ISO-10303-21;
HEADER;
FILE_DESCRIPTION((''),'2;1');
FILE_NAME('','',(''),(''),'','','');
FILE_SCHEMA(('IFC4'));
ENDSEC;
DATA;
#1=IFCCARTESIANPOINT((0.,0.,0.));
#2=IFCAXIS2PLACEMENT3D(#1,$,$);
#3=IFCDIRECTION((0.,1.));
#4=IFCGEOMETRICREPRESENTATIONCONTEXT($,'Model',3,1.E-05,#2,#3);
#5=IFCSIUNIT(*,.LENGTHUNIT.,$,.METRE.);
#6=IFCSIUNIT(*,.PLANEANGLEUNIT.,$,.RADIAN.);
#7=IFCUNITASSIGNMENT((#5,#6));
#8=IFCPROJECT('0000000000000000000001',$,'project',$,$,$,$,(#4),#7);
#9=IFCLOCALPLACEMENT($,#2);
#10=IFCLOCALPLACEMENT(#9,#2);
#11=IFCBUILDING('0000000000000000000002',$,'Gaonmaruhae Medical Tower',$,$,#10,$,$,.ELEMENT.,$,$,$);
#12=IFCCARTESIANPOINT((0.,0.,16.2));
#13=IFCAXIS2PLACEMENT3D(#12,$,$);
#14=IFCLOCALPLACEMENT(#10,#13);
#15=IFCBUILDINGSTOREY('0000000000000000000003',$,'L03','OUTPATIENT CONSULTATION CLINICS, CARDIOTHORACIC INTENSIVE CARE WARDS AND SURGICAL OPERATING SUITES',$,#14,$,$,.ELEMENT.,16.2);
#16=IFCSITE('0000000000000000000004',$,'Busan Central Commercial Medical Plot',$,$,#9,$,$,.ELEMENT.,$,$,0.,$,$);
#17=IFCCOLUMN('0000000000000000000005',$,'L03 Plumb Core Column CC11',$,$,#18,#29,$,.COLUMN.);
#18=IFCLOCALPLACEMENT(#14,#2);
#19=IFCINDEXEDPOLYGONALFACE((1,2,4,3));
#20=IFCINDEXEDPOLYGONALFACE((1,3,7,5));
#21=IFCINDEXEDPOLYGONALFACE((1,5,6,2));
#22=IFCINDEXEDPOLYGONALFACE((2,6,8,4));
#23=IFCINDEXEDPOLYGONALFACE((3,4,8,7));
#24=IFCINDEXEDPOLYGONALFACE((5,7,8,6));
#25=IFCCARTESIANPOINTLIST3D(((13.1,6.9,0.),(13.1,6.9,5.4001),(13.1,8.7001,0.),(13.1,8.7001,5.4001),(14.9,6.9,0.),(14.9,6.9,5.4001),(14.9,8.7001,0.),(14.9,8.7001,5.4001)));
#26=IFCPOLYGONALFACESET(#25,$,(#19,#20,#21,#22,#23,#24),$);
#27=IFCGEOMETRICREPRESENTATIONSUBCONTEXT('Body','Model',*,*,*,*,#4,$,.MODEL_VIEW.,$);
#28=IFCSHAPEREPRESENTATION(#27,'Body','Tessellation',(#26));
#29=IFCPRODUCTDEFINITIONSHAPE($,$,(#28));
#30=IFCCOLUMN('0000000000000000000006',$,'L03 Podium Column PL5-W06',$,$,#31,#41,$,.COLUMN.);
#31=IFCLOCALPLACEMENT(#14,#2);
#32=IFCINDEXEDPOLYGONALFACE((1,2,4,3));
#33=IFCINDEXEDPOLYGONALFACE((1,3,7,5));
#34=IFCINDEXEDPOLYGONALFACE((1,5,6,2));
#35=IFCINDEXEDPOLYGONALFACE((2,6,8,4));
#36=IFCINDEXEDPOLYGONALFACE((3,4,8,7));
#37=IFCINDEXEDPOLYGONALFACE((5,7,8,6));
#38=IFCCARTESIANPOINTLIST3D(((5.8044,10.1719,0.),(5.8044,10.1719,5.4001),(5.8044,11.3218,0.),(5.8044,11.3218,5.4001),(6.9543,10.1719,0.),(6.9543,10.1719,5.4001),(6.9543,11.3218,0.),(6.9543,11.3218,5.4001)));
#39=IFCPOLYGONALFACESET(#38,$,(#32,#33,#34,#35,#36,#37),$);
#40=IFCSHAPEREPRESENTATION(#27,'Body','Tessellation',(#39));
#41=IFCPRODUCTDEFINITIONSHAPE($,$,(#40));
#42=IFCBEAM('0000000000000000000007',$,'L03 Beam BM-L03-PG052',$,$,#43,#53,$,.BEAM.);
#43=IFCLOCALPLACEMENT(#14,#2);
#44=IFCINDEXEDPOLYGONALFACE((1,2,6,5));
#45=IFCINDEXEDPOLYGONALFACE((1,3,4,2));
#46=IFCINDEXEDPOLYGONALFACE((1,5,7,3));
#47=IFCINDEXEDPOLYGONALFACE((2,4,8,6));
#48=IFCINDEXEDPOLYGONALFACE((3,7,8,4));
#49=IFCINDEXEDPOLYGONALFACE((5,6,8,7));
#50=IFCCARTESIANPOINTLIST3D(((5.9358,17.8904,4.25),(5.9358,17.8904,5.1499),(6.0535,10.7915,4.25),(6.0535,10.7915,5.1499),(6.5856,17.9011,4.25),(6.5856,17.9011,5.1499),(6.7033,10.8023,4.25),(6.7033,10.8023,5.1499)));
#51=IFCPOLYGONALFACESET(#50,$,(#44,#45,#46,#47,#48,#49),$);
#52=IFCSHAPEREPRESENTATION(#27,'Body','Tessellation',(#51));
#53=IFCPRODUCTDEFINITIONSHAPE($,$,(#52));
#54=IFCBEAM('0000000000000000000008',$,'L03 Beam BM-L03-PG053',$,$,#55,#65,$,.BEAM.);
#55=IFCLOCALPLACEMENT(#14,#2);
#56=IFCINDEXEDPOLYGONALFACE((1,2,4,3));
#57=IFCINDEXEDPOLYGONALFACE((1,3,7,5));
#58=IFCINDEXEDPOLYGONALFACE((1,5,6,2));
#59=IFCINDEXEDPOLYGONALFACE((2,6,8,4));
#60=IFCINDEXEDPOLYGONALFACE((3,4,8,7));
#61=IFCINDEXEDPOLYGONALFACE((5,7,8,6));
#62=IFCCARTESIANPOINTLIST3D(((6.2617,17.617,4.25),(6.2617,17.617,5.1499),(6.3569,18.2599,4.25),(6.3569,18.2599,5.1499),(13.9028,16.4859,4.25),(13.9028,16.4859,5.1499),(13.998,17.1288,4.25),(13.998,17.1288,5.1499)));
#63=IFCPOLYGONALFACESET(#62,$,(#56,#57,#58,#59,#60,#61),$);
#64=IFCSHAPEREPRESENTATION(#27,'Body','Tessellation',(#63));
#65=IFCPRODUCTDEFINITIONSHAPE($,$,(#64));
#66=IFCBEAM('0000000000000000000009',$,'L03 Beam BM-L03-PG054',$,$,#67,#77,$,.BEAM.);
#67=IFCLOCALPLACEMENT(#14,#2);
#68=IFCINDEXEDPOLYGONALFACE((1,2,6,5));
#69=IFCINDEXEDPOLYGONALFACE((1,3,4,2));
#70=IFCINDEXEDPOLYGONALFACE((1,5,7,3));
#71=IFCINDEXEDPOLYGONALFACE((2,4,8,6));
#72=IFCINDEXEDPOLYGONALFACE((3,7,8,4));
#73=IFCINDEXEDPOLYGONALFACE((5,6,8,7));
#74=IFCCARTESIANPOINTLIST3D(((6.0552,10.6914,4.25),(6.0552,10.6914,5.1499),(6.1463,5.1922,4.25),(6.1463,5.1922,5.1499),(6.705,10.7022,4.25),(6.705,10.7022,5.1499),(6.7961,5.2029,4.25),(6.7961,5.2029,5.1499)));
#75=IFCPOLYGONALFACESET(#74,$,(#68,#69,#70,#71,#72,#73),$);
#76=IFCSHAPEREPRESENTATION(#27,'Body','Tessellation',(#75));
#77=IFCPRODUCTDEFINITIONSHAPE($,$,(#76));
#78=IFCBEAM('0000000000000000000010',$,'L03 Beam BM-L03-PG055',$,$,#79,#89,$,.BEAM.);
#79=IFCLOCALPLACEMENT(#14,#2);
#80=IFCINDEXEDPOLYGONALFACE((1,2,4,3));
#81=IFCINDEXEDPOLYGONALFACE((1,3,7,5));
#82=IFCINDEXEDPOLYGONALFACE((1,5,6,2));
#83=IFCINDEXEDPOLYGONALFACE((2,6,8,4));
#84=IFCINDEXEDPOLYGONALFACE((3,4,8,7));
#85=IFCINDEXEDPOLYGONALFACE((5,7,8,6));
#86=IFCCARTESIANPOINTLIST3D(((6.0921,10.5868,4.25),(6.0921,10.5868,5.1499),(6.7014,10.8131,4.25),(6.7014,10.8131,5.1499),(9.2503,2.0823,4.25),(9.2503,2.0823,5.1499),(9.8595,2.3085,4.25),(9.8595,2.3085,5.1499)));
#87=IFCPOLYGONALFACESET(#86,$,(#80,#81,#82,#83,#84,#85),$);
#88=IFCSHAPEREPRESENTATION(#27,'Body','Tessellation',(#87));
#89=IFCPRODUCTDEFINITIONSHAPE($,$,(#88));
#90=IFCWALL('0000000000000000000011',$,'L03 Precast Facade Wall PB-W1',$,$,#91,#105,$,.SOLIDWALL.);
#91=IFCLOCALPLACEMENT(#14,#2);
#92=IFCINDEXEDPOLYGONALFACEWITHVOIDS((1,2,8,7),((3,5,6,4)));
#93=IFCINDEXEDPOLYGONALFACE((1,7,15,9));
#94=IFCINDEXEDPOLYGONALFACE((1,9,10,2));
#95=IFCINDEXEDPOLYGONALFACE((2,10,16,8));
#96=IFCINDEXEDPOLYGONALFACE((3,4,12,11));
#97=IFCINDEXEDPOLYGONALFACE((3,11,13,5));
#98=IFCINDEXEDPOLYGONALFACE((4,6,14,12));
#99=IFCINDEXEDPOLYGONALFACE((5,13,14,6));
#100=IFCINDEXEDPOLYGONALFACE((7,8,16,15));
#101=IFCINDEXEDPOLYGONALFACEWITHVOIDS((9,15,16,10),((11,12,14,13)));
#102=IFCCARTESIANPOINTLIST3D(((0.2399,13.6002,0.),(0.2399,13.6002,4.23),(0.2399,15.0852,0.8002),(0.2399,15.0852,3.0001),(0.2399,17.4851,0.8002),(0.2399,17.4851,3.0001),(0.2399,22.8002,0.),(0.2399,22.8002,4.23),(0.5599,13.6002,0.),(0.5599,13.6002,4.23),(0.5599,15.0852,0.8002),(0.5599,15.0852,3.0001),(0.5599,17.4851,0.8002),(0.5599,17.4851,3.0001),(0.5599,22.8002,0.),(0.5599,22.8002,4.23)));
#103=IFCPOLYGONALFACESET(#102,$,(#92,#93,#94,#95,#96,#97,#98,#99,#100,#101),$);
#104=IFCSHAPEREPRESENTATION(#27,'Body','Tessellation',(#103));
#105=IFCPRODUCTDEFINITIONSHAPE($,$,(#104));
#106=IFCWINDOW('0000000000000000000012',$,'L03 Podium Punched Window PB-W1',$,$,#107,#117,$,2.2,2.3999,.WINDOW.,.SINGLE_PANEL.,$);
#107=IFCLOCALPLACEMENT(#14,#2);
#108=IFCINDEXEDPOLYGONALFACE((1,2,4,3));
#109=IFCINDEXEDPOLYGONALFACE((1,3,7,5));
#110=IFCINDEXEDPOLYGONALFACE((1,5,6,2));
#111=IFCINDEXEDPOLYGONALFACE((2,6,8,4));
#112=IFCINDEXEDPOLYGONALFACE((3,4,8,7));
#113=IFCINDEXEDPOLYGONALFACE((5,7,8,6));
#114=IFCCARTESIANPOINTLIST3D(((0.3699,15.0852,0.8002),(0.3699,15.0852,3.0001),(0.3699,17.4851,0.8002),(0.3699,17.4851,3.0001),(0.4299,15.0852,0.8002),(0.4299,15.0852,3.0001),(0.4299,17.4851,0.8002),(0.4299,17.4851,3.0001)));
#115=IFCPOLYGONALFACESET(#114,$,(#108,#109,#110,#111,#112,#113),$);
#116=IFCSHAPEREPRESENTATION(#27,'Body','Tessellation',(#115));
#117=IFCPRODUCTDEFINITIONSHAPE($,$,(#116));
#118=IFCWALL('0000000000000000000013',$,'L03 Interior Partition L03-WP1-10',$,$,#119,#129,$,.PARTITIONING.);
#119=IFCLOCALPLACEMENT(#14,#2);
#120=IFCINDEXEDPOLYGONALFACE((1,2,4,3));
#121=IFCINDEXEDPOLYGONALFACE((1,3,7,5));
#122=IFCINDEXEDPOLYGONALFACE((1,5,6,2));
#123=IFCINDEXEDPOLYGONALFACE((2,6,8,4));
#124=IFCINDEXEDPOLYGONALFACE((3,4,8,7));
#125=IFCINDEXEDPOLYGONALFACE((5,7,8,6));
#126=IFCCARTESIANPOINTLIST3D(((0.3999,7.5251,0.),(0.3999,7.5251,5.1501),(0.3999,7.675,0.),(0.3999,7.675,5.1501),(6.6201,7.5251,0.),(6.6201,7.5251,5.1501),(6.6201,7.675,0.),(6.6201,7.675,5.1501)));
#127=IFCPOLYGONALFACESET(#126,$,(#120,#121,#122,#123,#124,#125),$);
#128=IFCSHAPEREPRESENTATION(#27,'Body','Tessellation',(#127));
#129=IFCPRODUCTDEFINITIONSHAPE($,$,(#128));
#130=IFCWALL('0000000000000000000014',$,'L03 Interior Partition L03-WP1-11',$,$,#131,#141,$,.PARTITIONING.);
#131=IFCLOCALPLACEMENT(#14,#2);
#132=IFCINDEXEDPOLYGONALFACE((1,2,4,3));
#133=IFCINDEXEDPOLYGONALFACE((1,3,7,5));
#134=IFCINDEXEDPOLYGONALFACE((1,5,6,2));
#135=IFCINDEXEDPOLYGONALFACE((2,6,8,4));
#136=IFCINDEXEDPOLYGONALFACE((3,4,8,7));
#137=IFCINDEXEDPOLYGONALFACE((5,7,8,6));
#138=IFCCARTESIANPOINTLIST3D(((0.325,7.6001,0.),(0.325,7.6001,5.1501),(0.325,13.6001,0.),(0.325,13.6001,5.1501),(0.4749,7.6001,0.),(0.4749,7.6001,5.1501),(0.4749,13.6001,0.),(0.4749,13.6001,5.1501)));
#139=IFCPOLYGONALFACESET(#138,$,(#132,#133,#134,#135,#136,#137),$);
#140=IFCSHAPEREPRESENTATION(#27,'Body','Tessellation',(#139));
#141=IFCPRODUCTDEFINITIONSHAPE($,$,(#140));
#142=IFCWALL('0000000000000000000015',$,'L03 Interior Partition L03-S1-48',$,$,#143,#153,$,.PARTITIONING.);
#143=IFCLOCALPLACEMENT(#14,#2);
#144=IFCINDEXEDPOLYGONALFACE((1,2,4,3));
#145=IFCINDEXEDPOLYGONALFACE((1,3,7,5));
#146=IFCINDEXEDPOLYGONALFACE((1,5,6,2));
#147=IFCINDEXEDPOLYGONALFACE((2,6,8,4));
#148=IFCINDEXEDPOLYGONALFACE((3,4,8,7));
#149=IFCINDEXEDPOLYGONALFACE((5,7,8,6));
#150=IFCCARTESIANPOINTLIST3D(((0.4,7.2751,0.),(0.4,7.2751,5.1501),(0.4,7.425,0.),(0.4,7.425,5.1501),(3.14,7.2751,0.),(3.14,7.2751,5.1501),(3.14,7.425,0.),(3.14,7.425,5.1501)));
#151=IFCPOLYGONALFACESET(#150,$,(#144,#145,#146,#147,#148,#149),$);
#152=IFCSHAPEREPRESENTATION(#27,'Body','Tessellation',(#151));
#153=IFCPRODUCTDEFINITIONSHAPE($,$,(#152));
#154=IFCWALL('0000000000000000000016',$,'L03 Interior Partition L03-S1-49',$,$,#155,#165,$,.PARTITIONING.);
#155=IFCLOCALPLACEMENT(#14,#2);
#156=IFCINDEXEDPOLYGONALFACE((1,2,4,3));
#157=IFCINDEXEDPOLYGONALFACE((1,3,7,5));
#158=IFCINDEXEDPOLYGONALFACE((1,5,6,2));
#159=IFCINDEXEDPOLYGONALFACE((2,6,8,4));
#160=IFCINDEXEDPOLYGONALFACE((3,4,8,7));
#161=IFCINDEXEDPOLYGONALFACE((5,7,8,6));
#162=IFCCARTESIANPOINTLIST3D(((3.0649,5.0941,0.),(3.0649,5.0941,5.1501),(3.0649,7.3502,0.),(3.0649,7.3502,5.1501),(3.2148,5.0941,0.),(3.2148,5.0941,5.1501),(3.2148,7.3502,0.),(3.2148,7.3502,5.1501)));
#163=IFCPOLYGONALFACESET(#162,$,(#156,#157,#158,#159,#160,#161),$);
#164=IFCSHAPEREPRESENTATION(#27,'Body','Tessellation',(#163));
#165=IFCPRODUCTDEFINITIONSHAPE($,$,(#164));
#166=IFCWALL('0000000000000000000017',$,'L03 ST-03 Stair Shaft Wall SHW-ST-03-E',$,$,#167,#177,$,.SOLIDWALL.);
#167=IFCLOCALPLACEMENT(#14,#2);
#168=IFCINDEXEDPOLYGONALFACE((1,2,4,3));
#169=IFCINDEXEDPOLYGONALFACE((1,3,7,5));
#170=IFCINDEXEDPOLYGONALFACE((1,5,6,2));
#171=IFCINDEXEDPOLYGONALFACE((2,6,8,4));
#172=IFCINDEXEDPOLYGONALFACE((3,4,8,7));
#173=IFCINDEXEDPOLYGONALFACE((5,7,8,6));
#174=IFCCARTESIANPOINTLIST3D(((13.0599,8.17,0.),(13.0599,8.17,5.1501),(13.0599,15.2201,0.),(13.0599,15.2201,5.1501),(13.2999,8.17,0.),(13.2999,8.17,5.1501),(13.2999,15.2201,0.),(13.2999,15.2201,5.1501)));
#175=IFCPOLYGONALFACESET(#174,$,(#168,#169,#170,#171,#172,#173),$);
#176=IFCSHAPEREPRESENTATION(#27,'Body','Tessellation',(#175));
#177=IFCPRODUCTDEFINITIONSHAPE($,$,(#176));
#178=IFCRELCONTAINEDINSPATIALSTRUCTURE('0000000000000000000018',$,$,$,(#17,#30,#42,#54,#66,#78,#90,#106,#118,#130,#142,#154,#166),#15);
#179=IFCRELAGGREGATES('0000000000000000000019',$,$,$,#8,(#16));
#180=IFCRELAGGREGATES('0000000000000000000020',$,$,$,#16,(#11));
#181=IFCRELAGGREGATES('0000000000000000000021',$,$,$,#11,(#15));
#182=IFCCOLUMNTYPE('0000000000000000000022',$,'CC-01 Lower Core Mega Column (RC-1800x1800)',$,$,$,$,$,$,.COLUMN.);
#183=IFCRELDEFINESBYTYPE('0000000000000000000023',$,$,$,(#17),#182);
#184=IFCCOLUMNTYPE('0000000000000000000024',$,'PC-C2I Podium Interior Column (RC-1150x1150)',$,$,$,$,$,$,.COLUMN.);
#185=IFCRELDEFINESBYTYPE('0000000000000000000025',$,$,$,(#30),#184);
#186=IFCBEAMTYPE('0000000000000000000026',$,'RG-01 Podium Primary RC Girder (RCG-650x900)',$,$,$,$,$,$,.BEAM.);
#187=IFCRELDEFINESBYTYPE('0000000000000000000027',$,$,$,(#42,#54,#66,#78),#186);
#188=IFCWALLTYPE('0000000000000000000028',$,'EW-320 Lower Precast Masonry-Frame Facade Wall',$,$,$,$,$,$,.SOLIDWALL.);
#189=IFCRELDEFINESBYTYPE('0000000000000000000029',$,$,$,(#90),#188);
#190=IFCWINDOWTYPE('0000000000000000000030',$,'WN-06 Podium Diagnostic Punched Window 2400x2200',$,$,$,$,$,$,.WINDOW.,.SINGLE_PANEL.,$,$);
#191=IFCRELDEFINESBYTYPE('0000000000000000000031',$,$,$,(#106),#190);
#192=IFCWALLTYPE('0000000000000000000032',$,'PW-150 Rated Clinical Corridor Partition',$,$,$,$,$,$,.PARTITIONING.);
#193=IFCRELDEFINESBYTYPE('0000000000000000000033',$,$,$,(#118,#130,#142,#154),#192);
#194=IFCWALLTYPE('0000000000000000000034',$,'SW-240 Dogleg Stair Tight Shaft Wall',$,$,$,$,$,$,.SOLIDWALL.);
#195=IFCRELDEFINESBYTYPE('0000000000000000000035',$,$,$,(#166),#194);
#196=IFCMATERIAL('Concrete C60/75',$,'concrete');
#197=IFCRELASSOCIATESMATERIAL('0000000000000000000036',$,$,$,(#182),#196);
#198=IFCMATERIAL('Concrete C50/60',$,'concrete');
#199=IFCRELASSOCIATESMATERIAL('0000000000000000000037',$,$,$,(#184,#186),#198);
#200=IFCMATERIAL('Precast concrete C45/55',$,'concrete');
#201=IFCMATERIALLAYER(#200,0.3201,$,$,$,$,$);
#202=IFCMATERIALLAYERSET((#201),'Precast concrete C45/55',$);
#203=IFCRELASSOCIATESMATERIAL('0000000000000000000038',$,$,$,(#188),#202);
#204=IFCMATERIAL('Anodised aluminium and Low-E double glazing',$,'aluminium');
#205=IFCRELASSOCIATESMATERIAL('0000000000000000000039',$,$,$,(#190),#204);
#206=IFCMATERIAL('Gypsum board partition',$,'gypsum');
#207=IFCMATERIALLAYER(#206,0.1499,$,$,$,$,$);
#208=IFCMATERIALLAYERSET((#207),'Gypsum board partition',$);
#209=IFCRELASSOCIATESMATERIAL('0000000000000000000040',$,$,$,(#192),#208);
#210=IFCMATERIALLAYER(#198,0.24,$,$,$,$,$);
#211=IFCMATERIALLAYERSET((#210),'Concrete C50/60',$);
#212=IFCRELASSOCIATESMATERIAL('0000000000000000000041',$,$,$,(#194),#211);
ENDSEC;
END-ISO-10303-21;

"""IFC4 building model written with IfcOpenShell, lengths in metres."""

from ifc_helpers import new_model, si_unit, direction, frame, frame_2d, origin, origin_2d, place, context, subcontext, project, spatial, rectangle, extrude, material, layer, layer_set, material_profile, profile_set, type_object, element, fill, save


model = new_model("IFC4")

# Units and contexts
model_context = context("Model", 3, precision=1e-05, world=origin(), true_north=direction((0.0, 1.0)))
body_context = subcontext(model_context, "Body", "Model", "MODEL_VIEW")
ifc_project = project(units=[si_unit("LENGTHUNIT", "METRE"), si_unit("PLANEANGLEUNIT", "RADIAN")], contexts=[model_context])

# Site, building, storey
site_placement = place(None, origin())
site = spatial("IfcSite", under=ifc_project, at=site_placement, Name="Busan Central Commercial Medical Plot", CompositionType="ELEMENT", RefElevation=0.0)
building_placement = place(site_placement, origin())
building = spatial("IfcBuilding", under=site, at=building_placement, Name="Gaonmaruhae Medical Tower", CompositionType="ELEMENT")
storey_placement = place(building_placement, frame((0.0, 0.0, 16.2)))
storey = spatial("IfcBuildingStorey", under=building, at=storey_placement, Name="L03", Description="OUTPATIENT CONSULTATION CLINICS, CARDIOTHORACIC INTENSIVE CARE WARDS AND SURGICAL OPERATING SUITES", CompositionType="ELEMENT", Elevation=16.2)

# Columns
ifc_material_1 = material(Name="Concrete C60/75", Category="concrete")
ifc_material_profile_1 = material_profile(ifc_material_1, rectangle(XDim=1.8, YDim=1.8, at=origin_2d()), Name="RC-1800x1800")
ifc_profile_set_1 = profile_set([ifc_material_profile_1], Name="Concrete C60/75")
column_type_1 = type_object("IfcColumnType", Name="CC-01 Lower Core Mega Column (RC-1800x1800)", PredefinedType="COLUMN", material=ifc_profile_set_1)
column_1_placement = place(storey_placement, frame((14.0, 7.8, 0.0), z_axis=(0.0, 0.0, 1.0), x_axis=(1.0, 0.0, 0.0)))
element("IfcColumn", 1, at=column_1_placement, inside=storey, type_object=column_type_1, Name="L03 Plumb Core Column CC11", PredefinedType="COLUMN", context=body_context, shape_type="SweptSolid", body=[
    extrude(rectangle(XDim=1.8, YDim=1.8, at=origin_2d()), origin(), (0.0, 0.0, 1.0), 5.4001),
])
ifc_material_2 = material(Name="Concrete C50/60", Category="concrete")
ifc_material_profile_2 = material_profile(ifc_material_2, rectangle(XDim=1.1499, YDim=1.1499, at=origin_2d()), Name="RC-1150x1150")
ifc_profile_set_2 = profile_set([ifc_material_profile_2], Name="Concrete C50/60")
column_type_2 = type_object("IfcColumnType", Name="PC-C2I Podium Interior Column (RC-1150x1150)", PredefinedType="COLUMN", material=ifc_profile_set_2)
column_2_placement = place(storey_placement, frame((6.3794, 10.7468, 0.0), z_axis=(0.0, 0.0, 1.0), x_axis=(1.0, 0.0, 0.0)))
element("IfcColumn", 2, at=column_2_placement, inside=storey, type_object=column_type_2, Name="L03 Podium Column PL5-W06", PredefinedType="COLUMN", context=body_context, shape_type="SweptSolid", body=[
    extrude(rectangle(XDim=1.1499, YDim=1.1499, at=origin_2d()), origin(), (0.0, 0.0, 1.0), 5.4001),
])

# Beams
ifc_material_profile_3 = material_profile(ifc_material_2, rectangle(XDim=0.6499, YDim=0.8999, at=origin_2d()), Name="RCG-650x900")
ifc_profile_set_3 = profile_set([ifc_material_profile_3], Name="Concrete C50/60")
beam_type = type_object("IfcBeamType", Name="RG-01 Podium Primary RC Girder (RCG-650x900)", PredefinedType="BEAM", material=ifc_profile_set_3)
beam_1_placement = place(storey_placement, frame((6.2607, 17.8958, 4.7), z_axis=(0.016574, -0.999863, 0.0), x_axis=(0.999863, 0.016574, 0.0)))
element("IfcBeam", 3, at=beam_1_placement, inside=storey, type_object=beam_type, Name="L03 Beam BM-L03-PG052", PredefinedType="BEAM", context=body_context, shape_type="SweptSolid", body=[
    extrude(rectangle(XDim=0.6499, YDim=0.8999, at=origin_2d()), origin(), (0.0, 0.0, 1.0), 7.0999),
])
beam_2_placement = place(storey_placement, frame((6.3093, 17.9385, 4.7), z_axis=(0.989221, -0.146433, 0.0), x_axis=(0.146433, 0.989221, 0.0)))
element("IfcBeam", 4, at=beam_2_placement, inside=storey, type_object=beam_type, Name="L03 Beam BM-L03-PG053", PredefinedType="BEAM", context=body_context, shape_type="SweptSolid", body=[
    extrude(rectangle(XDim=0.6499, YDim=0.8999, at=origin_2d()), origin(), (0.0, 0.0, 1.0), 7.7244),
])
beam_3_placement = place(storey_placement, frame((6.3801, 10.6968, 4.7), z_axis=(0.016557, -0.999863, 0.0), x_axis=(0.999863, 0.016557, 0.0)))
element("IfcBeam", 5, at=beam_3_placement, inside=storey, type_object=beam_type, Name="L03 Beam BM-L03-PG054", PredefinedType="BEAM", context=body_context, shape_type="SweptSolid", body=[
    extrude(rectangle(XDim=0.6499, YDim=0.8999, at=origin_2d()), origin(), (0.0, 0.0, 1.0), 5.5),
])
beam_4_placement = place(storey_placement, frame((6.3967, 10.7, 4.7), z_axis=(0.348122, -0.937449, 0.0), x_axis=(0.937449, 0.348122, 0.0)))
element("IfcBeam", 6, at=beam_4_placement, inside=storey, type_object=beam_type, Name="L03 Beam BM-L03-PG055", PredefinedType="BEAM", context=body_context, shape_type="SweptSolid", body=[
    extrude(rectangle(XDim=0.6499, YDim=0.8999, at=origin_2d()), origin(), (0.0, 0.0, 1.0), 9.072),
])

# Wall, opening, window
ifc_material_3 = material(Name="Precast concrete C45/55", Category="concrete")
ifc_layer_1 = layer(ifc_material_3, 0.3201)
ifc_layer_set_1 = layer_set([ifc_layer_1], Name="Precast concrete C45/55")
wall_type_1 = type_object("IfcWallType", Name="EW-320 Lower Precast Masonry-Frame Facade Wall", PredefinedType="SOLIDWALL", material=ifc_layer_set_1)
wall_1_placement = place(storey_placement, frame((0.3999, 13.6001, 0.0), z_axis=(0.0, 0.0, 1.0), x_axis=(0.0, 1.0, 0.0)))
wall_1 = element("IfcWall", 7, at=wall_1_placement, inside=storey, type_object=wall_type_1, Name="L03 Precast Facade Wall PB-W1", PredefinedType="SOLIDWALL", context=body_context, shape_type="SweptSolid", body=[
    extrude(rectangle(XDim=9.2, YDim=0.3201, at=frame_2d((4.6001, 0.0))), origin(), (0.0, 0.0, 1.0), 4.23),
])
opening_1_placement = place(wall_1_placement, frame((1.4851, 0.0, 0.8)))
opening_1 = element("IfcOpeningElement", 8, at=opening_1_placement, cuts=wall_1, PredefinedType="OPENING", context=body_context, shape_type="SweptSolid", body=[
    extrude(rectangle(XDim=2.3999, YDim=2.2, at=frame_2d((1.2, 1.1001))), frame((0.0, 0.1699, 0.0), z_axis=(0.0, -1.0, 0.0), x_axis=(1.0, 0.0, 0.0)), (0.0, 0.0, 1.0), 0.3401),
])
ifc_material_4 = material(Name="Anodised aluminium and Low-E double glazing", Category="aluminium")
window_type = type_object("IfcWindowType", Name="WN-06 Podium Diagnostic Punched Window 2400x2200", PartitioningType="SINGLE_PANEL", PredefinedType="WINDOW", material=ifc_material_4)
window_placement = place(opening_1_placement, origin())
window = element("IfcWindow", 9, at=window_placement, inside=storey, type_object=window_type, Name="L03 Podium Punched Window PB-W1", OverallHeight=2.2, OverallWidth=2.3999, PartitioningType="SINGLE_PANEL", PredefinedType="WINDOW", context=body_context, shape_type="SweptSolid", body=[
    extrude(rectangle(XDim=2.3999, YDim=2.2, at=frame_2d((1.2, 1.1001))), frame((0.0, 0.03, 0.0), z_axis=(0.0, -1.0, 0.0), x_axis=(1.0, 0.0, 0.0)), (0.0, 0.0, 1.0), 0.0601),
])
fill(opening_1, window)

# Walls
ifc_material_5 = material(Name="Gypsum board partition", Category="gypsum")
ifc_layer_2 = layer(ifc_material_5, 0.1499)
ifc_layer_set_2 = layer_set([ifc_layer_2], Name="Gypsum board partition")
wall_type_2 = type_object("IfcWallType", Name="PW-150 Rated Clinical Corridor Partition", PredefinedType="PARTITIONING", material=ifc_layer_set_2)
wall_2_placement = place(storey_placement, frame((6.6201, 7.6001, 0.0), z_axis=(0.0, 0.0, 1.0), x_axis=(-1.0, 0.0, 0.0)))
element("IfcWall", 10, at=wall_2_placement, inside=storey, type_object=wall_type_2, Name="L03 Interior Partition L03-WP1-10", PredefinedType="PARTITIONING", context=body_context, shape_type="SweptSolid", body=[
    extrude(rectangle(XDim=6.2202, YDim=0.1499, at=frame_2d((3.1101, 0.0))), origin(), (0.0, 0.0, 1.0), 5.1501),
])
wall_3_placement = place(storey_placement, frame((0.3999, 7.6001, 0.0), z_axis=(0.0, 0.0, 1.0), x_axis=(0.0, 1.0, 0.0)))
element("IfcWall", 11, at=wall_3_placement, inside=storey, type_object=wall_type_2, Name="L03 Interior Partition L03-WP1-11", PredefinedType="PARTITIONING", context=body_context, shape_type="SweptSolid", body=[
    extrude(rectangle(XDim=6.0, YDim=0.1499, at=frame_2d((3.0, 0.0))), origin(), (0.0, 0.0, 1.0), 5.1501),
])
wall_4_placement = place(storey_placement, frame((0.3999, 7.3501, 0.0), z_axis=(0.0, 0.0, 1.0), x_axis=(1.0, 0.0, 0.0)))
element("IfcWall", 12, at=wall_4_placement, inside=storey, type_object=wall_type_2, Name="L03 Interior Partition L03-S1-48", PredefinedType="PARTITIONING", context=body_context, shape_type="SweptSolid", body=[
    extrude(rectangle(XDim=2.74, YDim=0.1499, at=frame_2d((1.3701, 0.0))), origin(), (0.0, 0.0, 1.0), 5.1501),
])
wall_5_placement = place(storey_placement, frame((3.1399, 7.3501, 0.0), z_axis=(0.0, 0.0, 1.0), x_axis=(0.0, -1.0, 0.0)))
element("IfcWall", 13, at=wall_5_placement, inside=storey, type_object=wall_type_2, Name="L03 Interior Partition L03-S1-49", PredefinedType="PARTITIONING", context=body_context, shape_type="SweptSolid", body=[
    extrude(rectangle(XDim=2.2561, YDim=0.1499, at=frame_2d((1.1279, 0.0))), origin(), (0.0, 0.0, 1.0), 5.1501),
])

# Shared definitions
ifc_layer_3 = layer(ifc_material_2, 0.24)
ifc_layer_set_3 = layer_set([ifc_layer_3], Name="Concrete C50/60")
wall_type_3 = type_object("IfcWallType", Name="SW-240 Dogleg Stair Tight Shaft Wall", PredefinedType="SOLIDWALL", material=ifc_layer_set_3)

# Wall
wall_6_placement = place(storey_placement, frame((13.1799, 15.22, 0.0), z_axis=(0.0, 0.0, 1.0), x_axis=(0.0, -1.0, 0.0)))
element("IfcWall", 14, at=wall_6_placement, inside=storey, type_object=wall_type_3, Name="L03 ST-03 Stair Shaft Wall SHW-ST-03-E", PredefinedType="SOLIDWALL", context=body_context, shape_type="SweptSolid", body=[
    extrude(rectangle(XDim=7.05, YDim=0.24, at=frame_2d((3.5249, 0.0))), origin(), (0.0, 0.0, 1.0), 5.1501),
])

save(model, "model.ifc")
